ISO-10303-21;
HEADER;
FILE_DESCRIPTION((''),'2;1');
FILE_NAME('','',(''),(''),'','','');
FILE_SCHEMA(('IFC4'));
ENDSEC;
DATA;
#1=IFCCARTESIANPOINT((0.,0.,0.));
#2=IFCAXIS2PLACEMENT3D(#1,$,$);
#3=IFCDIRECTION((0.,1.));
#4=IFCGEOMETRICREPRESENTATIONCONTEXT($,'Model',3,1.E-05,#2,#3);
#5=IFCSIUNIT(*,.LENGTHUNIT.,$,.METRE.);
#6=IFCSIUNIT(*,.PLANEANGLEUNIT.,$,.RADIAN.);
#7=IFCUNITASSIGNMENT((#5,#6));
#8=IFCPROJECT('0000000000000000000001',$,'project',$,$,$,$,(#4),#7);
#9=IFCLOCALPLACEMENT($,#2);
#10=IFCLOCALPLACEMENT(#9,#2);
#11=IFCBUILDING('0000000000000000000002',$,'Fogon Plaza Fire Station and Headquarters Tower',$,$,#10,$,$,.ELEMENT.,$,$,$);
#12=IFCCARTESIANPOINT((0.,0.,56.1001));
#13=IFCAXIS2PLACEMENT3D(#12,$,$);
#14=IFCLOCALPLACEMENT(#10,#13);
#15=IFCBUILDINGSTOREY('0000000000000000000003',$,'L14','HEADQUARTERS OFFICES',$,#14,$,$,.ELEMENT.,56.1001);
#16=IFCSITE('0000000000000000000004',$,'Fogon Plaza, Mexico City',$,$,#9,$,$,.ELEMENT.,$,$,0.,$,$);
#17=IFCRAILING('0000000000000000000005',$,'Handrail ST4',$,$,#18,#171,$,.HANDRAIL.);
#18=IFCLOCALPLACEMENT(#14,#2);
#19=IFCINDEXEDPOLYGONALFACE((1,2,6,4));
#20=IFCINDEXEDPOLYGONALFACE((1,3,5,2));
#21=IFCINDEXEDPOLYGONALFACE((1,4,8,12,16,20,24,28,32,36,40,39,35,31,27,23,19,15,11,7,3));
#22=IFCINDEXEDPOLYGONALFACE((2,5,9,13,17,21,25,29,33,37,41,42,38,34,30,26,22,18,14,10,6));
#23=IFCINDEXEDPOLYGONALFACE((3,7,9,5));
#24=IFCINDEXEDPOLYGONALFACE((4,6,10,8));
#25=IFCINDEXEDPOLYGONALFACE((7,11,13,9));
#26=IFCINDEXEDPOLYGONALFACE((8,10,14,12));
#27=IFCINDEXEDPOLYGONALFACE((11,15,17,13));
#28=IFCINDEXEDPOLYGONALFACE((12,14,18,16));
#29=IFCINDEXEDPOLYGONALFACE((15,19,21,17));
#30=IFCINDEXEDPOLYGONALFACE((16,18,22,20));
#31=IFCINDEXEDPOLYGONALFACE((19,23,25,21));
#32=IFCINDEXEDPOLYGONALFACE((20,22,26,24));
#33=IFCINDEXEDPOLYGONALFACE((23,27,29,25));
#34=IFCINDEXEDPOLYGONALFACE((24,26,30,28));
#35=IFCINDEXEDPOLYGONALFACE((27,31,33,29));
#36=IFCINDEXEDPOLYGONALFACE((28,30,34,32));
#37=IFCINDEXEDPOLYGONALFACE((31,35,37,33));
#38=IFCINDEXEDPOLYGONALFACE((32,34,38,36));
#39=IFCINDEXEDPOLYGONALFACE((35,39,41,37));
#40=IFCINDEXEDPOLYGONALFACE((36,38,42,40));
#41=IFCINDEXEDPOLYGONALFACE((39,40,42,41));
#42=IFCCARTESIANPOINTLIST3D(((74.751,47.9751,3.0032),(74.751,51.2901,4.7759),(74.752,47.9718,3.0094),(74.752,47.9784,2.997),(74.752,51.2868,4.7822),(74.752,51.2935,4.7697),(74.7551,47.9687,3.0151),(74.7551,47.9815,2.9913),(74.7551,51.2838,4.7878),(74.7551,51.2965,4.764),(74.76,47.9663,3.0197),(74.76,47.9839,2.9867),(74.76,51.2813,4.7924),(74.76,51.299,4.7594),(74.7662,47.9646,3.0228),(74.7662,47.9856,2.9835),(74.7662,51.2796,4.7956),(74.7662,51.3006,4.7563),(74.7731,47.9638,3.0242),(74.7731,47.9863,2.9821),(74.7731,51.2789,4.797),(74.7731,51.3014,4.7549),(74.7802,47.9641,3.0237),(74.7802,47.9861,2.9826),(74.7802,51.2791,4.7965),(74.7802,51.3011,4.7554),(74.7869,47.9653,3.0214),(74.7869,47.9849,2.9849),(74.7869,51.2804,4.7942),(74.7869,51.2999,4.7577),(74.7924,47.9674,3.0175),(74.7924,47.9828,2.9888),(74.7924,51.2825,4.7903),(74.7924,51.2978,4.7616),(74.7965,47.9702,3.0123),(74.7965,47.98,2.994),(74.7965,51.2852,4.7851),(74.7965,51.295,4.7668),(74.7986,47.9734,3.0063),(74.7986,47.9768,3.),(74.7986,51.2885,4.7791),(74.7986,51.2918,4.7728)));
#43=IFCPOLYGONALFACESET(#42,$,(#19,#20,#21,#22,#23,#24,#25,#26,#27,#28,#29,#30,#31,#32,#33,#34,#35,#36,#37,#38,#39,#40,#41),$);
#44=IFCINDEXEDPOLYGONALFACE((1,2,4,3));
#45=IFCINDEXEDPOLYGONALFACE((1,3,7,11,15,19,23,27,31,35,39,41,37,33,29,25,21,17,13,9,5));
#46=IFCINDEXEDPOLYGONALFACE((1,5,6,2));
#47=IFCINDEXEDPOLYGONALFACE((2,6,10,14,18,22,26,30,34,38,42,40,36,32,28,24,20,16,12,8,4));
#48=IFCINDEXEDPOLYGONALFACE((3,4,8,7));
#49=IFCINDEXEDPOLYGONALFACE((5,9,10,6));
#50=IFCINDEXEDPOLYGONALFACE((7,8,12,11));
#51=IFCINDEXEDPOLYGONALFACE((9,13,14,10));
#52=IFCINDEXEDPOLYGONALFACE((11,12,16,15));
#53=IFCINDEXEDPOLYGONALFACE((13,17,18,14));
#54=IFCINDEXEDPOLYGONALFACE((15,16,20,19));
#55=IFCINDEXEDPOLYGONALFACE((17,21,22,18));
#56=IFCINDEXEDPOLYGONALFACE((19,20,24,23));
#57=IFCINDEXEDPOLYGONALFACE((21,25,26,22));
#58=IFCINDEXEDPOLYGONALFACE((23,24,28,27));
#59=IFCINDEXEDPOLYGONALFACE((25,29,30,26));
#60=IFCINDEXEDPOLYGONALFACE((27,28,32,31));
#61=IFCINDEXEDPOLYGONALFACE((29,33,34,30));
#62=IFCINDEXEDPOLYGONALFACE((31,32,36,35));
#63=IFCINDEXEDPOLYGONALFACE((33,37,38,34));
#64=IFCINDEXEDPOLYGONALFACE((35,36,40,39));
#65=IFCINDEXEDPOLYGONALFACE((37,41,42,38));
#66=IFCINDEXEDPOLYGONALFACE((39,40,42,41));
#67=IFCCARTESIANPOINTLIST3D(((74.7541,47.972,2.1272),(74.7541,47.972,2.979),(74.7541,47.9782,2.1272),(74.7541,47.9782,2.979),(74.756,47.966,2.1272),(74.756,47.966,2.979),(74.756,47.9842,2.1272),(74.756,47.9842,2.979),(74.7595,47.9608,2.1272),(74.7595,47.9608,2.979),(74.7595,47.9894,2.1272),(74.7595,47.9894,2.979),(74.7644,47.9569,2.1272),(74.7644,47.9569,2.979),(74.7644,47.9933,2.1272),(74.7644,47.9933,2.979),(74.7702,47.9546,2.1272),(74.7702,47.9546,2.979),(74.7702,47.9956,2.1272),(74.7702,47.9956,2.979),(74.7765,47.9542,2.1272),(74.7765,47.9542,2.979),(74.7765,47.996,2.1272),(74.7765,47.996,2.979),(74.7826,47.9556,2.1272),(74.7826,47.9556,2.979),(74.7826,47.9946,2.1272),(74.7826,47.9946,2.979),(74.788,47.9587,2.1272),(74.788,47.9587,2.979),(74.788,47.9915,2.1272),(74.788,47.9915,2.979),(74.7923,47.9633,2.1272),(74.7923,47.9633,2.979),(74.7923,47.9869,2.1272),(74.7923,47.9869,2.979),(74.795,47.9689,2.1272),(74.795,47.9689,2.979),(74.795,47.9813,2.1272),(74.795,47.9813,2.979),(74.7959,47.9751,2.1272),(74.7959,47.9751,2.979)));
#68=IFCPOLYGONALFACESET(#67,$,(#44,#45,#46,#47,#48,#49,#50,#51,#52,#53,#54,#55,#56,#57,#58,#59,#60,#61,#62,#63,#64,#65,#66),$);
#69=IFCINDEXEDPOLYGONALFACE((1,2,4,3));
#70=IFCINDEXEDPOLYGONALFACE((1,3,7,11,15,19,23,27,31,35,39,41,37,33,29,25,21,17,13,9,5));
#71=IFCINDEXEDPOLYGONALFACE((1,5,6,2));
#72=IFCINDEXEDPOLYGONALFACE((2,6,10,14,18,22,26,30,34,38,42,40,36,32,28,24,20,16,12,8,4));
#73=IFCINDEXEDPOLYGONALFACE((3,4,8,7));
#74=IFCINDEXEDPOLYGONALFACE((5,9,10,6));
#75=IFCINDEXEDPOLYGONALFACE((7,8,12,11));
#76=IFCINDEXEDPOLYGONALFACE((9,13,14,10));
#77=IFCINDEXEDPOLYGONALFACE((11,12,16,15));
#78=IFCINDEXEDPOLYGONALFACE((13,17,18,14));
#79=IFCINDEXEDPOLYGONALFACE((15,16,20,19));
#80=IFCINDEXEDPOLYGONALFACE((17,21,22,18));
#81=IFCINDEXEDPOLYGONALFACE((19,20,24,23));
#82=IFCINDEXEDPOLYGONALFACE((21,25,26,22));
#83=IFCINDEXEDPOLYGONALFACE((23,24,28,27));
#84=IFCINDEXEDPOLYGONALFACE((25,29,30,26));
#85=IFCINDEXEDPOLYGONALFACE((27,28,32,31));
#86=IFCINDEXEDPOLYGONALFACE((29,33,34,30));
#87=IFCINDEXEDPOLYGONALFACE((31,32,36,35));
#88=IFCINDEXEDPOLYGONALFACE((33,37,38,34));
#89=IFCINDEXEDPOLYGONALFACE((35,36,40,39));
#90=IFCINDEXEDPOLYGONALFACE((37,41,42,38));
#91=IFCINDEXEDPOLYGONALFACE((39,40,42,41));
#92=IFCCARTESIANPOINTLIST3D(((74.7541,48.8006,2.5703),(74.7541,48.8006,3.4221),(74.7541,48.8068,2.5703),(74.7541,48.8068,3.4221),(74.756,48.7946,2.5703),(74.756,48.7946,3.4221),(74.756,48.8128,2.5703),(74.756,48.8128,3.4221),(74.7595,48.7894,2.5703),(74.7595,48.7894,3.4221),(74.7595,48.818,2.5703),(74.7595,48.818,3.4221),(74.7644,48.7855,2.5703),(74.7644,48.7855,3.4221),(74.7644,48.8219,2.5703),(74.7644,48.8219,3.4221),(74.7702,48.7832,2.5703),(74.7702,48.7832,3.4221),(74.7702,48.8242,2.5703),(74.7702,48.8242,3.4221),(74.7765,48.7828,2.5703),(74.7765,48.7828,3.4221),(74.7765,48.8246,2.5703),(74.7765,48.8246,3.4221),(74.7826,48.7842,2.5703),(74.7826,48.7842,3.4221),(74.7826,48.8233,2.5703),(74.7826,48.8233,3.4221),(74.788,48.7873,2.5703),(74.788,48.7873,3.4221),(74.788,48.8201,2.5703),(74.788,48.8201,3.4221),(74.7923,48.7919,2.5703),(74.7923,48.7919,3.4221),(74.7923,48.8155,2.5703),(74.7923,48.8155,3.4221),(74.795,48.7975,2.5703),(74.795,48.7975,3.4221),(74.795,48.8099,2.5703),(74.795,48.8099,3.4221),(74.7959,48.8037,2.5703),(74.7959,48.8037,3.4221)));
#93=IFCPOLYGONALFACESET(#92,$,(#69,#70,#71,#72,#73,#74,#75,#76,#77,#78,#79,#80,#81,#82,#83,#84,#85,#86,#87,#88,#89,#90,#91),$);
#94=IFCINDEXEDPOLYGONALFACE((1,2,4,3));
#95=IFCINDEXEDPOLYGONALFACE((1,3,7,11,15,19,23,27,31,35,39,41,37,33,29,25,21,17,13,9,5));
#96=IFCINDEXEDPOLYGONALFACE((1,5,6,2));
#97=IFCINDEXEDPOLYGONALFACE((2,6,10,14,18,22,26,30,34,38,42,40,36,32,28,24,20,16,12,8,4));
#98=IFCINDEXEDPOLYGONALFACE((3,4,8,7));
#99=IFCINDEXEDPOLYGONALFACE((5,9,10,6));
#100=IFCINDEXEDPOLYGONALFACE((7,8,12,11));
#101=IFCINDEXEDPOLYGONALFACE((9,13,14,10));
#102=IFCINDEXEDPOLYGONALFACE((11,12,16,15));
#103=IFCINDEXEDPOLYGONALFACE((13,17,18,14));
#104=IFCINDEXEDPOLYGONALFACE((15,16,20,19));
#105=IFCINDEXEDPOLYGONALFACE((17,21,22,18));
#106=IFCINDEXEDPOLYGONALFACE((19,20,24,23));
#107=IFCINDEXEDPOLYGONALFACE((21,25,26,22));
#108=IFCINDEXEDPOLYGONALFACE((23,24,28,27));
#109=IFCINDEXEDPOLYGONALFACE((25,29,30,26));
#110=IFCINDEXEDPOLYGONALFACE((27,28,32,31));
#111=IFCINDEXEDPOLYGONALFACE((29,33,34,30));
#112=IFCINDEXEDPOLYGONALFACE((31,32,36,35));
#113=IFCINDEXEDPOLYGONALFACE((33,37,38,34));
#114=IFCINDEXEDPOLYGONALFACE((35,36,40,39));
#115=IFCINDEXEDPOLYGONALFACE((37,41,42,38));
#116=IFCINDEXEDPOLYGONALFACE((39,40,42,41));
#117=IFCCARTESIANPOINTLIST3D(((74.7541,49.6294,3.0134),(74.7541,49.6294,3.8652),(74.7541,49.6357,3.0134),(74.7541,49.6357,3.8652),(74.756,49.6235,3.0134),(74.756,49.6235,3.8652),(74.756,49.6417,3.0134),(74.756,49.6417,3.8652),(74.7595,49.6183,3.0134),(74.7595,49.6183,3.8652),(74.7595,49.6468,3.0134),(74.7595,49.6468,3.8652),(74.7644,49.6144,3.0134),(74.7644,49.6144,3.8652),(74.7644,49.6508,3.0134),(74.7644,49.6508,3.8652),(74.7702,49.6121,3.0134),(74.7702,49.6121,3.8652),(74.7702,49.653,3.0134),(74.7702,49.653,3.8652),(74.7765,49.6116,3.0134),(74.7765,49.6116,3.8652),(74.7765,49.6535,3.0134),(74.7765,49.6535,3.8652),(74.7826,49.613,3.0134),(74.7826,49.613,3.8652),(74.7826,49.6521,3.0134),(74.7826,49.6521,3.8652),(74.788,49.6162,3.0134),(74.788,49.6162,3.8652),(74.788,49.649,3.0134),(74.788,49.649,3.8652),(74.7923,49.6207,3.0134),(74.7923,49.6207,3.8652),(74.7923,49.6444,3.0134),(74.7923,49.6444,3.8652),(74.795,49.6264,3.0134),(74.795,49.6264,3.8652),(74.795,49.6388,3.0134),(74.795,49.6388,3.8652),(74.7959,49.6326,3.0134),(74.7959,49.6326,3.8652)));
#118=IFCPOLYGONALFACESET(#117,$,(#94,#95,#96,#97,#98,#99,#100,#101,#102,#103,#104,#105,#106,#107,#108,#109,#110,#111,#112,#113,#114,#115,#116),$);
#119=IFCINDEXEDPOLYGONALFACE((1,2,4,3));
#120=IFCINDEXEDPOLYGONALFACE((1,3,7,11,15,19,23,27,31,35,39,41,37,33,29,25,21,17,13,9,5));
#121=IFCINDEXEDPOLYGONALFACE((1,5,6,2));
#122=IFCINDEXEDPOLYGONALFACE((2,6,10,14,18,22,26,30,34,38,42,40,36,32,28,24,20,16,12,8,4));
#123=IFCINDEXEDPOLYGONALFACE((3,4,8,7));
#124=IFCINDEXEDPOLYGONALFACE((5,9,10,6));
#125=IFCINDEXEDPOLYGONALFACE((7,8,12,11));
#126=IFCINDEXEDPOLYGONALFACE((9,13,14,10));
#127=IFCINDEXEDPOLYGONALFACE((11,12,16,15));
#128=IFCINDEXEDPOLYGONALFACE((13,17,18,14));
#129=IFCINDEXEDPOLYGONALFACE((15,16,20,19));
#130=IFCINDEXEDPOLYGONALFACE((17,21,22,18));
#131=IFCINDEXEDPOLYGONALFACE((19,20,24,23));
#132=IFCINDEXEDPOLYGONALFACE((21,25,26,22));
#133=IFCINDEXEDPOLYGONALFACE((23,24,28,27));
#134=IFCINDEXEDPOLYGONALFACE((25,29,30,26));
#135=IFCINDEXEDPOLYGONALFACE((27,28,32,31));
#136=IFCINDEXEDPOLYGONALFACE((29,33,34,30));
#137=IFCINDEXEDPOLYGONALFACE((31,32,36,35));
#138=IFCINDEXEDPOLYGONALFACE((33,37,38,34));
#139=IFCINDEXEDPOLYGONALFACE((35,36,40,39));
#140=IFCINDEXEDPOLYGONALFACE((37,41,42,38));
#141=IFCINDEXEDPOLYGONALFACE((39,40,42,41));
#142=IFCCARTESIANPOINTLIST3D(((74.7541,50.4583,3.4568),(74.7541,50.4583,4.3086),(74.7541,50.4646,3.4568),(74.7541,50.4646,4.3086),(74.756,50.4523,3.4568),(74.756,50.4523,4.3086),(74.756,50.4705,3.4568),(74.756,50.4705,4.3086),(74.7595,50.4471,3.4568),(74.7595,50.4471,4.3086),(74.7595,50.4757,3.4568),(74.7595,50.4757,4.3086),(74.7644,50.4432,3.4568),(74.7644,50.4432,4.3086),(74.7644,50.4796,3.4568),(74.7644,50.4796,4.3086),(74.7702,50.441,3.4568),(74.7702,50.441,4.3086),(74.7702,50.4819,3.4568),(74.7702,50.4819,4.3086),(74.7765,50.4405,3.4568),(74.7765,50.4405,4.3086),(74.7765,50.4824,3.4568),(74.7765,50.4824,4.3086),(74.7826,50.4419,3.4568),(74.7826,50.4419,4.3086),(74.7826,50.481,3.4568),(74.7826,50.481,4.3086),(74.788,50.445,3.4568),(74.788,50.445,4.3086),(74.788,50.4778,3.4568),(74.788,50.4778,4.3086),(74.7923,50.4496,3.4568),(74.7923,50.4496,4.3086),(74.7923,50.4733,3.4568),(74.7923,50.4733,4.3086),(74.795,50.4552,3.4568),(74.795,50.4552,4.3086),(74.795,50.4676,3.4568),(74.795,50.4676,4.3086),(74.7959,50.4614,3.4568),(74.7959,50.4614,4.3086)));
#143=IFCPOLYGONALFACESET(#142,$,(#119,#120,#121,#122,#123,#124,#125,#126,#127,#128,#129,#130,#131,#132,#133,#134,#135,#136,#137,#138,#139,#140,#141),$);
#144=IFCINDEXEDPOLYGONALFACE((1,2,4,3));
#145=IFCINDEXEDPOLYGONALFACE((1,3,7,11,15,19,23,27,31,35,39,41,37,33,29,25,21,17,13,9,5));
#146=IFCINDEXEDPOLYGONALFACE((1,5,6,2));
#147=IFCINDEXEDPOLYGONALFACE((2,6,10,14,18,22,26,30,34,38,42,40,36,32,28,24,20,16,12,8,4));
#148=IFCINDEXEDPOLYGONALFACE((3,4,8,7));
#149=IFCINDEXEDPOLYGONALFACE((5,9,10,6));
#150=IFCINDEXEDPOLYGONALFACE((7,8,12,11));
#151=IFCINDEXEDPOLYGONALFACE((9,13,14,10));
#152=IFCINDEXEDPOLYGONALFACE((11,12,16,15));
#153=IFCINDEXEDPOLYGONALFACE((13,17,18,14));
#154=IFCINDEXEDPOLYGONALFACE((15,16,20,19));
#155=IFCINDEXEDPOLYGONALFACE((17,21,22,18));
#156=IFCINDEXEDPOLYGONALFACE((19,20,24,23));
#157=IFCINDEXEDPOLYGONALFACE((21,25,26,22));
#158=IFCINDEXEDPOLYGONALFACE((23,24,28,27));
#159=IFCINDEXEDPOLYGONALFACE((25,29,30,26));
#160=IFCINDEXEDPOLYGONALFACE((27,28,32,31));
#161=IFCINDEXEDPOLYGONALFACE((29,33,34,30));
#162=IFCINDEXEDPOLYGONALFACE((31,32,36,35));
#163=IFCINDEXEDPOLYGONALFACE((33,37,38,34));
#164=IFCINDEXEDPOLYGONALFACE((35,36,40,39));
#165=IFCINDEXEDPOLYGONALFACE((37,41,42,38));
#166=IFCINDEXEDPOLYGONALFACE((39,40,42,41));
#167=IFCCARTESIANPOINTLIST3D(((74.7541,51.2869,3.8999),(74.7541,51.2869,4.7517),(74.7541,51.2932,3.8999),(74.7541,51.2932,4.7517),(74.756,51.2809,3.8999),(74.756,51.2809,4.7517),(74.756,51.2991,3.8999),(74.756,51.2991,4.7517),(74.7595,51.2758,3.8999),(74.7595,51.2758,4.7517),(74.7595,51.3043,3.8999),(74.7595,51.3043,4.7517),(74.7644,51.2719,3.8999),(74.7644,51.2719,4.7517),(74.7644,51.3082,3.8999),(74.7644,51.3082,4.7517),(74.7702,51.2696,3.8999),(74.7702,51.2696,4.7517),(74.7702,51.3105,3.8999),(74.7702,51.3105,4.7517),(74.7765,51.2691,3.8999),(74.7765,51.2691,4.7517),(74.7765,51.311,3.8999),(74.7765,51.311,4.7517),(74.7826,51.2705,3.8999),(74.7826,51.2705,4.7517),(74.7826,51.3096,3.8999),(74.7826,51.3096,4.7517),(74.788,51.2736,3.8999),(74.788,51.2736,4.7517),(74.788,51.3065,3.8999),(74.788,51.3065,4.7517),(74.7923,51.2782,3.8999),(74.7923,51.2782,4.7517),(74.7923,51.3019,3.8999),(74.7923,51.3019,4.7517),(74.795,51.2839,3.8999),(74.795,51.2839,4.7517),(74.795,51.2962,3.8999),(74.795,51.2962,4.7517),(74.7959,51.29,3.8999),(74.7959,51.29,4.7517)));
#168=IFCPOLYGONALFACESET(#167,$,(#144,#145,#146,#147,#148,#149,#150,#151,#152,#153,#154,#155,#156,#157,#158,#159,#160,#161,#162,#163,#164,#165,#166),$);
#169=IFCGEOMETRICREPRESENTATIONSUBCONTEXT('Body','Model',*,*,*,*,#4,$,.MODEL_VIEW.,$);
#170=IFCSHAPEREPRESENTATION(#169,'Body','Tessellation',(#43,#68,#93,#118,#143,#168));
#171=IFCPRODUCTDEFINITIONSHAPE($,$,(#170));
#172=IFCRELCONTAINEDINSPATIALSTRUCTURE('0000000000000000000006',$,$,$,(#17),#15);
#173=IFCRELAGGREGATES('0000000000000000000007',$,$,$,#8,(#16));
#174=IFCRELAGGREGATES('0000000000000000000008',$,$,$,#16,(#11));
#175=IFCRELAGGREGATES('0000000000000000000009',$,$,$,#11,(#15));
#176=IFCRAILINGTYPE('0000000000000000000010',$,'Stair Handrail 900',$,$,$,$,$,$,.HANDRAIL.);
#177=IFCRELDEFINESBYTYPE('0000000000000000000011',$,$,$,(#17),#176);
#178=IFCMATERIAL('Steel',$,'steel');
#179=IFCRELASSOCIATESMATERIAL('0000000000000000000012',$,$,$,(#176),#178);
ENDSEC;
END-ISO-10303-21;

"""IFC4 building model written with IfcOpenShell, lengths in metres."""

from ifc_helpers import new_model, si_unit, direction, frame, origin, origin_2d, place, context, subcontext, project, spatial, circle, extrude, material, type_object, element, save


model = new_model("IFC4")

# Units and contexts
model_context = context("Model", 3, precision=1e-05, world=origin(), true_north=direction((0.0, 1.0)))
body_context = subcontext(model_context, "Body", "Model", "MODEL_VIEW")
ifc_project = project(units=[si_unit("LENGTHUNIT", "METRE"), si_unit("PLANEANGLEUNIT", "RADIAN")], contexts=[model_context])

# Site, building, storey
site_placement = place(None, origin())
site = spatial("IfcSite", under=ifc_project, at=site_placement, Name="Fogon Plaza, Mexico City", CompositionType="ELEMENT", RefElevation=0.0)
building_placement = place(site_placement, origin())
building = spatial("IfcBuilding", under=site, at=building_placement, Name="Fogon Plaza Fire Station and Headquarters Tower", CompositionType="ELEMENT")
storey_placement = place(building_placement, frame((0.0, 0.0, 56.1001)))
storey = spatial("IfcBuildingStorey", under=building, at=storey_placement, Name="L14", Description="HEADQUARTERS OFFICES", CompositionType="ELEMENT", Elevation=56.1001)

# Railing
ifc_material_1 = material(Name="Steel", Category="steel")
railing_type = type_object("IfcRailingType", Name="Stair Handrail 900", PredefinedType="HANDRAIL", material=ifc_material_1)
for number, where, name in (
    (1, (74.7749, 47.9751, 2.1272), "Handrail ST4"),
):
    element("IfcRailing", number, at=place(storey_placement, frame(where)), inside=storey, type_object=railing_type, Name=name, PredefinedType="HANDRAIL", context=body_context, shape_type="SweptSolid", body=[
        extrude(circle(Radius=0.0239, at=origin_2d()), frame((0.0, 0.0, 0.876), z_axis=(0.0, 0.881829, 0.471569), x_axis=(-1.0, 0.0, 0.0)), (0.0, 0.0, 1.0), 3.7593),
        extrude(circle(Radius=0.021, at=origin_2d()), origin(), (0.0, 0.0, 1.0), 0.8518),
        extrude(circle(Radius=0.021, at=origin_2d()), frame((0.0, 0.8286, 0.4431)), (0.0, 0.0, 1.0), 0.8518),
        extrude(circle(Radius=0.021, at=origin_2d()), frame((0.0, 1.6575, 0.8862)), (0.0, 0.0, 1.0), 0.8518),
        extrude(circle(Radius=0.021, at=origin_2d()), frame((0.0, 2.4863, 1.3296)), (0.0, 0.0, 1.0), 0.8518),
        extrude(circle(Radius=0.021, at=origin_2d()), frame((0.0, 3.3149, 1.7727)), (0.0, 0.0, 1.0), 0.8518),
    ])

save(model, "model.ifc")
